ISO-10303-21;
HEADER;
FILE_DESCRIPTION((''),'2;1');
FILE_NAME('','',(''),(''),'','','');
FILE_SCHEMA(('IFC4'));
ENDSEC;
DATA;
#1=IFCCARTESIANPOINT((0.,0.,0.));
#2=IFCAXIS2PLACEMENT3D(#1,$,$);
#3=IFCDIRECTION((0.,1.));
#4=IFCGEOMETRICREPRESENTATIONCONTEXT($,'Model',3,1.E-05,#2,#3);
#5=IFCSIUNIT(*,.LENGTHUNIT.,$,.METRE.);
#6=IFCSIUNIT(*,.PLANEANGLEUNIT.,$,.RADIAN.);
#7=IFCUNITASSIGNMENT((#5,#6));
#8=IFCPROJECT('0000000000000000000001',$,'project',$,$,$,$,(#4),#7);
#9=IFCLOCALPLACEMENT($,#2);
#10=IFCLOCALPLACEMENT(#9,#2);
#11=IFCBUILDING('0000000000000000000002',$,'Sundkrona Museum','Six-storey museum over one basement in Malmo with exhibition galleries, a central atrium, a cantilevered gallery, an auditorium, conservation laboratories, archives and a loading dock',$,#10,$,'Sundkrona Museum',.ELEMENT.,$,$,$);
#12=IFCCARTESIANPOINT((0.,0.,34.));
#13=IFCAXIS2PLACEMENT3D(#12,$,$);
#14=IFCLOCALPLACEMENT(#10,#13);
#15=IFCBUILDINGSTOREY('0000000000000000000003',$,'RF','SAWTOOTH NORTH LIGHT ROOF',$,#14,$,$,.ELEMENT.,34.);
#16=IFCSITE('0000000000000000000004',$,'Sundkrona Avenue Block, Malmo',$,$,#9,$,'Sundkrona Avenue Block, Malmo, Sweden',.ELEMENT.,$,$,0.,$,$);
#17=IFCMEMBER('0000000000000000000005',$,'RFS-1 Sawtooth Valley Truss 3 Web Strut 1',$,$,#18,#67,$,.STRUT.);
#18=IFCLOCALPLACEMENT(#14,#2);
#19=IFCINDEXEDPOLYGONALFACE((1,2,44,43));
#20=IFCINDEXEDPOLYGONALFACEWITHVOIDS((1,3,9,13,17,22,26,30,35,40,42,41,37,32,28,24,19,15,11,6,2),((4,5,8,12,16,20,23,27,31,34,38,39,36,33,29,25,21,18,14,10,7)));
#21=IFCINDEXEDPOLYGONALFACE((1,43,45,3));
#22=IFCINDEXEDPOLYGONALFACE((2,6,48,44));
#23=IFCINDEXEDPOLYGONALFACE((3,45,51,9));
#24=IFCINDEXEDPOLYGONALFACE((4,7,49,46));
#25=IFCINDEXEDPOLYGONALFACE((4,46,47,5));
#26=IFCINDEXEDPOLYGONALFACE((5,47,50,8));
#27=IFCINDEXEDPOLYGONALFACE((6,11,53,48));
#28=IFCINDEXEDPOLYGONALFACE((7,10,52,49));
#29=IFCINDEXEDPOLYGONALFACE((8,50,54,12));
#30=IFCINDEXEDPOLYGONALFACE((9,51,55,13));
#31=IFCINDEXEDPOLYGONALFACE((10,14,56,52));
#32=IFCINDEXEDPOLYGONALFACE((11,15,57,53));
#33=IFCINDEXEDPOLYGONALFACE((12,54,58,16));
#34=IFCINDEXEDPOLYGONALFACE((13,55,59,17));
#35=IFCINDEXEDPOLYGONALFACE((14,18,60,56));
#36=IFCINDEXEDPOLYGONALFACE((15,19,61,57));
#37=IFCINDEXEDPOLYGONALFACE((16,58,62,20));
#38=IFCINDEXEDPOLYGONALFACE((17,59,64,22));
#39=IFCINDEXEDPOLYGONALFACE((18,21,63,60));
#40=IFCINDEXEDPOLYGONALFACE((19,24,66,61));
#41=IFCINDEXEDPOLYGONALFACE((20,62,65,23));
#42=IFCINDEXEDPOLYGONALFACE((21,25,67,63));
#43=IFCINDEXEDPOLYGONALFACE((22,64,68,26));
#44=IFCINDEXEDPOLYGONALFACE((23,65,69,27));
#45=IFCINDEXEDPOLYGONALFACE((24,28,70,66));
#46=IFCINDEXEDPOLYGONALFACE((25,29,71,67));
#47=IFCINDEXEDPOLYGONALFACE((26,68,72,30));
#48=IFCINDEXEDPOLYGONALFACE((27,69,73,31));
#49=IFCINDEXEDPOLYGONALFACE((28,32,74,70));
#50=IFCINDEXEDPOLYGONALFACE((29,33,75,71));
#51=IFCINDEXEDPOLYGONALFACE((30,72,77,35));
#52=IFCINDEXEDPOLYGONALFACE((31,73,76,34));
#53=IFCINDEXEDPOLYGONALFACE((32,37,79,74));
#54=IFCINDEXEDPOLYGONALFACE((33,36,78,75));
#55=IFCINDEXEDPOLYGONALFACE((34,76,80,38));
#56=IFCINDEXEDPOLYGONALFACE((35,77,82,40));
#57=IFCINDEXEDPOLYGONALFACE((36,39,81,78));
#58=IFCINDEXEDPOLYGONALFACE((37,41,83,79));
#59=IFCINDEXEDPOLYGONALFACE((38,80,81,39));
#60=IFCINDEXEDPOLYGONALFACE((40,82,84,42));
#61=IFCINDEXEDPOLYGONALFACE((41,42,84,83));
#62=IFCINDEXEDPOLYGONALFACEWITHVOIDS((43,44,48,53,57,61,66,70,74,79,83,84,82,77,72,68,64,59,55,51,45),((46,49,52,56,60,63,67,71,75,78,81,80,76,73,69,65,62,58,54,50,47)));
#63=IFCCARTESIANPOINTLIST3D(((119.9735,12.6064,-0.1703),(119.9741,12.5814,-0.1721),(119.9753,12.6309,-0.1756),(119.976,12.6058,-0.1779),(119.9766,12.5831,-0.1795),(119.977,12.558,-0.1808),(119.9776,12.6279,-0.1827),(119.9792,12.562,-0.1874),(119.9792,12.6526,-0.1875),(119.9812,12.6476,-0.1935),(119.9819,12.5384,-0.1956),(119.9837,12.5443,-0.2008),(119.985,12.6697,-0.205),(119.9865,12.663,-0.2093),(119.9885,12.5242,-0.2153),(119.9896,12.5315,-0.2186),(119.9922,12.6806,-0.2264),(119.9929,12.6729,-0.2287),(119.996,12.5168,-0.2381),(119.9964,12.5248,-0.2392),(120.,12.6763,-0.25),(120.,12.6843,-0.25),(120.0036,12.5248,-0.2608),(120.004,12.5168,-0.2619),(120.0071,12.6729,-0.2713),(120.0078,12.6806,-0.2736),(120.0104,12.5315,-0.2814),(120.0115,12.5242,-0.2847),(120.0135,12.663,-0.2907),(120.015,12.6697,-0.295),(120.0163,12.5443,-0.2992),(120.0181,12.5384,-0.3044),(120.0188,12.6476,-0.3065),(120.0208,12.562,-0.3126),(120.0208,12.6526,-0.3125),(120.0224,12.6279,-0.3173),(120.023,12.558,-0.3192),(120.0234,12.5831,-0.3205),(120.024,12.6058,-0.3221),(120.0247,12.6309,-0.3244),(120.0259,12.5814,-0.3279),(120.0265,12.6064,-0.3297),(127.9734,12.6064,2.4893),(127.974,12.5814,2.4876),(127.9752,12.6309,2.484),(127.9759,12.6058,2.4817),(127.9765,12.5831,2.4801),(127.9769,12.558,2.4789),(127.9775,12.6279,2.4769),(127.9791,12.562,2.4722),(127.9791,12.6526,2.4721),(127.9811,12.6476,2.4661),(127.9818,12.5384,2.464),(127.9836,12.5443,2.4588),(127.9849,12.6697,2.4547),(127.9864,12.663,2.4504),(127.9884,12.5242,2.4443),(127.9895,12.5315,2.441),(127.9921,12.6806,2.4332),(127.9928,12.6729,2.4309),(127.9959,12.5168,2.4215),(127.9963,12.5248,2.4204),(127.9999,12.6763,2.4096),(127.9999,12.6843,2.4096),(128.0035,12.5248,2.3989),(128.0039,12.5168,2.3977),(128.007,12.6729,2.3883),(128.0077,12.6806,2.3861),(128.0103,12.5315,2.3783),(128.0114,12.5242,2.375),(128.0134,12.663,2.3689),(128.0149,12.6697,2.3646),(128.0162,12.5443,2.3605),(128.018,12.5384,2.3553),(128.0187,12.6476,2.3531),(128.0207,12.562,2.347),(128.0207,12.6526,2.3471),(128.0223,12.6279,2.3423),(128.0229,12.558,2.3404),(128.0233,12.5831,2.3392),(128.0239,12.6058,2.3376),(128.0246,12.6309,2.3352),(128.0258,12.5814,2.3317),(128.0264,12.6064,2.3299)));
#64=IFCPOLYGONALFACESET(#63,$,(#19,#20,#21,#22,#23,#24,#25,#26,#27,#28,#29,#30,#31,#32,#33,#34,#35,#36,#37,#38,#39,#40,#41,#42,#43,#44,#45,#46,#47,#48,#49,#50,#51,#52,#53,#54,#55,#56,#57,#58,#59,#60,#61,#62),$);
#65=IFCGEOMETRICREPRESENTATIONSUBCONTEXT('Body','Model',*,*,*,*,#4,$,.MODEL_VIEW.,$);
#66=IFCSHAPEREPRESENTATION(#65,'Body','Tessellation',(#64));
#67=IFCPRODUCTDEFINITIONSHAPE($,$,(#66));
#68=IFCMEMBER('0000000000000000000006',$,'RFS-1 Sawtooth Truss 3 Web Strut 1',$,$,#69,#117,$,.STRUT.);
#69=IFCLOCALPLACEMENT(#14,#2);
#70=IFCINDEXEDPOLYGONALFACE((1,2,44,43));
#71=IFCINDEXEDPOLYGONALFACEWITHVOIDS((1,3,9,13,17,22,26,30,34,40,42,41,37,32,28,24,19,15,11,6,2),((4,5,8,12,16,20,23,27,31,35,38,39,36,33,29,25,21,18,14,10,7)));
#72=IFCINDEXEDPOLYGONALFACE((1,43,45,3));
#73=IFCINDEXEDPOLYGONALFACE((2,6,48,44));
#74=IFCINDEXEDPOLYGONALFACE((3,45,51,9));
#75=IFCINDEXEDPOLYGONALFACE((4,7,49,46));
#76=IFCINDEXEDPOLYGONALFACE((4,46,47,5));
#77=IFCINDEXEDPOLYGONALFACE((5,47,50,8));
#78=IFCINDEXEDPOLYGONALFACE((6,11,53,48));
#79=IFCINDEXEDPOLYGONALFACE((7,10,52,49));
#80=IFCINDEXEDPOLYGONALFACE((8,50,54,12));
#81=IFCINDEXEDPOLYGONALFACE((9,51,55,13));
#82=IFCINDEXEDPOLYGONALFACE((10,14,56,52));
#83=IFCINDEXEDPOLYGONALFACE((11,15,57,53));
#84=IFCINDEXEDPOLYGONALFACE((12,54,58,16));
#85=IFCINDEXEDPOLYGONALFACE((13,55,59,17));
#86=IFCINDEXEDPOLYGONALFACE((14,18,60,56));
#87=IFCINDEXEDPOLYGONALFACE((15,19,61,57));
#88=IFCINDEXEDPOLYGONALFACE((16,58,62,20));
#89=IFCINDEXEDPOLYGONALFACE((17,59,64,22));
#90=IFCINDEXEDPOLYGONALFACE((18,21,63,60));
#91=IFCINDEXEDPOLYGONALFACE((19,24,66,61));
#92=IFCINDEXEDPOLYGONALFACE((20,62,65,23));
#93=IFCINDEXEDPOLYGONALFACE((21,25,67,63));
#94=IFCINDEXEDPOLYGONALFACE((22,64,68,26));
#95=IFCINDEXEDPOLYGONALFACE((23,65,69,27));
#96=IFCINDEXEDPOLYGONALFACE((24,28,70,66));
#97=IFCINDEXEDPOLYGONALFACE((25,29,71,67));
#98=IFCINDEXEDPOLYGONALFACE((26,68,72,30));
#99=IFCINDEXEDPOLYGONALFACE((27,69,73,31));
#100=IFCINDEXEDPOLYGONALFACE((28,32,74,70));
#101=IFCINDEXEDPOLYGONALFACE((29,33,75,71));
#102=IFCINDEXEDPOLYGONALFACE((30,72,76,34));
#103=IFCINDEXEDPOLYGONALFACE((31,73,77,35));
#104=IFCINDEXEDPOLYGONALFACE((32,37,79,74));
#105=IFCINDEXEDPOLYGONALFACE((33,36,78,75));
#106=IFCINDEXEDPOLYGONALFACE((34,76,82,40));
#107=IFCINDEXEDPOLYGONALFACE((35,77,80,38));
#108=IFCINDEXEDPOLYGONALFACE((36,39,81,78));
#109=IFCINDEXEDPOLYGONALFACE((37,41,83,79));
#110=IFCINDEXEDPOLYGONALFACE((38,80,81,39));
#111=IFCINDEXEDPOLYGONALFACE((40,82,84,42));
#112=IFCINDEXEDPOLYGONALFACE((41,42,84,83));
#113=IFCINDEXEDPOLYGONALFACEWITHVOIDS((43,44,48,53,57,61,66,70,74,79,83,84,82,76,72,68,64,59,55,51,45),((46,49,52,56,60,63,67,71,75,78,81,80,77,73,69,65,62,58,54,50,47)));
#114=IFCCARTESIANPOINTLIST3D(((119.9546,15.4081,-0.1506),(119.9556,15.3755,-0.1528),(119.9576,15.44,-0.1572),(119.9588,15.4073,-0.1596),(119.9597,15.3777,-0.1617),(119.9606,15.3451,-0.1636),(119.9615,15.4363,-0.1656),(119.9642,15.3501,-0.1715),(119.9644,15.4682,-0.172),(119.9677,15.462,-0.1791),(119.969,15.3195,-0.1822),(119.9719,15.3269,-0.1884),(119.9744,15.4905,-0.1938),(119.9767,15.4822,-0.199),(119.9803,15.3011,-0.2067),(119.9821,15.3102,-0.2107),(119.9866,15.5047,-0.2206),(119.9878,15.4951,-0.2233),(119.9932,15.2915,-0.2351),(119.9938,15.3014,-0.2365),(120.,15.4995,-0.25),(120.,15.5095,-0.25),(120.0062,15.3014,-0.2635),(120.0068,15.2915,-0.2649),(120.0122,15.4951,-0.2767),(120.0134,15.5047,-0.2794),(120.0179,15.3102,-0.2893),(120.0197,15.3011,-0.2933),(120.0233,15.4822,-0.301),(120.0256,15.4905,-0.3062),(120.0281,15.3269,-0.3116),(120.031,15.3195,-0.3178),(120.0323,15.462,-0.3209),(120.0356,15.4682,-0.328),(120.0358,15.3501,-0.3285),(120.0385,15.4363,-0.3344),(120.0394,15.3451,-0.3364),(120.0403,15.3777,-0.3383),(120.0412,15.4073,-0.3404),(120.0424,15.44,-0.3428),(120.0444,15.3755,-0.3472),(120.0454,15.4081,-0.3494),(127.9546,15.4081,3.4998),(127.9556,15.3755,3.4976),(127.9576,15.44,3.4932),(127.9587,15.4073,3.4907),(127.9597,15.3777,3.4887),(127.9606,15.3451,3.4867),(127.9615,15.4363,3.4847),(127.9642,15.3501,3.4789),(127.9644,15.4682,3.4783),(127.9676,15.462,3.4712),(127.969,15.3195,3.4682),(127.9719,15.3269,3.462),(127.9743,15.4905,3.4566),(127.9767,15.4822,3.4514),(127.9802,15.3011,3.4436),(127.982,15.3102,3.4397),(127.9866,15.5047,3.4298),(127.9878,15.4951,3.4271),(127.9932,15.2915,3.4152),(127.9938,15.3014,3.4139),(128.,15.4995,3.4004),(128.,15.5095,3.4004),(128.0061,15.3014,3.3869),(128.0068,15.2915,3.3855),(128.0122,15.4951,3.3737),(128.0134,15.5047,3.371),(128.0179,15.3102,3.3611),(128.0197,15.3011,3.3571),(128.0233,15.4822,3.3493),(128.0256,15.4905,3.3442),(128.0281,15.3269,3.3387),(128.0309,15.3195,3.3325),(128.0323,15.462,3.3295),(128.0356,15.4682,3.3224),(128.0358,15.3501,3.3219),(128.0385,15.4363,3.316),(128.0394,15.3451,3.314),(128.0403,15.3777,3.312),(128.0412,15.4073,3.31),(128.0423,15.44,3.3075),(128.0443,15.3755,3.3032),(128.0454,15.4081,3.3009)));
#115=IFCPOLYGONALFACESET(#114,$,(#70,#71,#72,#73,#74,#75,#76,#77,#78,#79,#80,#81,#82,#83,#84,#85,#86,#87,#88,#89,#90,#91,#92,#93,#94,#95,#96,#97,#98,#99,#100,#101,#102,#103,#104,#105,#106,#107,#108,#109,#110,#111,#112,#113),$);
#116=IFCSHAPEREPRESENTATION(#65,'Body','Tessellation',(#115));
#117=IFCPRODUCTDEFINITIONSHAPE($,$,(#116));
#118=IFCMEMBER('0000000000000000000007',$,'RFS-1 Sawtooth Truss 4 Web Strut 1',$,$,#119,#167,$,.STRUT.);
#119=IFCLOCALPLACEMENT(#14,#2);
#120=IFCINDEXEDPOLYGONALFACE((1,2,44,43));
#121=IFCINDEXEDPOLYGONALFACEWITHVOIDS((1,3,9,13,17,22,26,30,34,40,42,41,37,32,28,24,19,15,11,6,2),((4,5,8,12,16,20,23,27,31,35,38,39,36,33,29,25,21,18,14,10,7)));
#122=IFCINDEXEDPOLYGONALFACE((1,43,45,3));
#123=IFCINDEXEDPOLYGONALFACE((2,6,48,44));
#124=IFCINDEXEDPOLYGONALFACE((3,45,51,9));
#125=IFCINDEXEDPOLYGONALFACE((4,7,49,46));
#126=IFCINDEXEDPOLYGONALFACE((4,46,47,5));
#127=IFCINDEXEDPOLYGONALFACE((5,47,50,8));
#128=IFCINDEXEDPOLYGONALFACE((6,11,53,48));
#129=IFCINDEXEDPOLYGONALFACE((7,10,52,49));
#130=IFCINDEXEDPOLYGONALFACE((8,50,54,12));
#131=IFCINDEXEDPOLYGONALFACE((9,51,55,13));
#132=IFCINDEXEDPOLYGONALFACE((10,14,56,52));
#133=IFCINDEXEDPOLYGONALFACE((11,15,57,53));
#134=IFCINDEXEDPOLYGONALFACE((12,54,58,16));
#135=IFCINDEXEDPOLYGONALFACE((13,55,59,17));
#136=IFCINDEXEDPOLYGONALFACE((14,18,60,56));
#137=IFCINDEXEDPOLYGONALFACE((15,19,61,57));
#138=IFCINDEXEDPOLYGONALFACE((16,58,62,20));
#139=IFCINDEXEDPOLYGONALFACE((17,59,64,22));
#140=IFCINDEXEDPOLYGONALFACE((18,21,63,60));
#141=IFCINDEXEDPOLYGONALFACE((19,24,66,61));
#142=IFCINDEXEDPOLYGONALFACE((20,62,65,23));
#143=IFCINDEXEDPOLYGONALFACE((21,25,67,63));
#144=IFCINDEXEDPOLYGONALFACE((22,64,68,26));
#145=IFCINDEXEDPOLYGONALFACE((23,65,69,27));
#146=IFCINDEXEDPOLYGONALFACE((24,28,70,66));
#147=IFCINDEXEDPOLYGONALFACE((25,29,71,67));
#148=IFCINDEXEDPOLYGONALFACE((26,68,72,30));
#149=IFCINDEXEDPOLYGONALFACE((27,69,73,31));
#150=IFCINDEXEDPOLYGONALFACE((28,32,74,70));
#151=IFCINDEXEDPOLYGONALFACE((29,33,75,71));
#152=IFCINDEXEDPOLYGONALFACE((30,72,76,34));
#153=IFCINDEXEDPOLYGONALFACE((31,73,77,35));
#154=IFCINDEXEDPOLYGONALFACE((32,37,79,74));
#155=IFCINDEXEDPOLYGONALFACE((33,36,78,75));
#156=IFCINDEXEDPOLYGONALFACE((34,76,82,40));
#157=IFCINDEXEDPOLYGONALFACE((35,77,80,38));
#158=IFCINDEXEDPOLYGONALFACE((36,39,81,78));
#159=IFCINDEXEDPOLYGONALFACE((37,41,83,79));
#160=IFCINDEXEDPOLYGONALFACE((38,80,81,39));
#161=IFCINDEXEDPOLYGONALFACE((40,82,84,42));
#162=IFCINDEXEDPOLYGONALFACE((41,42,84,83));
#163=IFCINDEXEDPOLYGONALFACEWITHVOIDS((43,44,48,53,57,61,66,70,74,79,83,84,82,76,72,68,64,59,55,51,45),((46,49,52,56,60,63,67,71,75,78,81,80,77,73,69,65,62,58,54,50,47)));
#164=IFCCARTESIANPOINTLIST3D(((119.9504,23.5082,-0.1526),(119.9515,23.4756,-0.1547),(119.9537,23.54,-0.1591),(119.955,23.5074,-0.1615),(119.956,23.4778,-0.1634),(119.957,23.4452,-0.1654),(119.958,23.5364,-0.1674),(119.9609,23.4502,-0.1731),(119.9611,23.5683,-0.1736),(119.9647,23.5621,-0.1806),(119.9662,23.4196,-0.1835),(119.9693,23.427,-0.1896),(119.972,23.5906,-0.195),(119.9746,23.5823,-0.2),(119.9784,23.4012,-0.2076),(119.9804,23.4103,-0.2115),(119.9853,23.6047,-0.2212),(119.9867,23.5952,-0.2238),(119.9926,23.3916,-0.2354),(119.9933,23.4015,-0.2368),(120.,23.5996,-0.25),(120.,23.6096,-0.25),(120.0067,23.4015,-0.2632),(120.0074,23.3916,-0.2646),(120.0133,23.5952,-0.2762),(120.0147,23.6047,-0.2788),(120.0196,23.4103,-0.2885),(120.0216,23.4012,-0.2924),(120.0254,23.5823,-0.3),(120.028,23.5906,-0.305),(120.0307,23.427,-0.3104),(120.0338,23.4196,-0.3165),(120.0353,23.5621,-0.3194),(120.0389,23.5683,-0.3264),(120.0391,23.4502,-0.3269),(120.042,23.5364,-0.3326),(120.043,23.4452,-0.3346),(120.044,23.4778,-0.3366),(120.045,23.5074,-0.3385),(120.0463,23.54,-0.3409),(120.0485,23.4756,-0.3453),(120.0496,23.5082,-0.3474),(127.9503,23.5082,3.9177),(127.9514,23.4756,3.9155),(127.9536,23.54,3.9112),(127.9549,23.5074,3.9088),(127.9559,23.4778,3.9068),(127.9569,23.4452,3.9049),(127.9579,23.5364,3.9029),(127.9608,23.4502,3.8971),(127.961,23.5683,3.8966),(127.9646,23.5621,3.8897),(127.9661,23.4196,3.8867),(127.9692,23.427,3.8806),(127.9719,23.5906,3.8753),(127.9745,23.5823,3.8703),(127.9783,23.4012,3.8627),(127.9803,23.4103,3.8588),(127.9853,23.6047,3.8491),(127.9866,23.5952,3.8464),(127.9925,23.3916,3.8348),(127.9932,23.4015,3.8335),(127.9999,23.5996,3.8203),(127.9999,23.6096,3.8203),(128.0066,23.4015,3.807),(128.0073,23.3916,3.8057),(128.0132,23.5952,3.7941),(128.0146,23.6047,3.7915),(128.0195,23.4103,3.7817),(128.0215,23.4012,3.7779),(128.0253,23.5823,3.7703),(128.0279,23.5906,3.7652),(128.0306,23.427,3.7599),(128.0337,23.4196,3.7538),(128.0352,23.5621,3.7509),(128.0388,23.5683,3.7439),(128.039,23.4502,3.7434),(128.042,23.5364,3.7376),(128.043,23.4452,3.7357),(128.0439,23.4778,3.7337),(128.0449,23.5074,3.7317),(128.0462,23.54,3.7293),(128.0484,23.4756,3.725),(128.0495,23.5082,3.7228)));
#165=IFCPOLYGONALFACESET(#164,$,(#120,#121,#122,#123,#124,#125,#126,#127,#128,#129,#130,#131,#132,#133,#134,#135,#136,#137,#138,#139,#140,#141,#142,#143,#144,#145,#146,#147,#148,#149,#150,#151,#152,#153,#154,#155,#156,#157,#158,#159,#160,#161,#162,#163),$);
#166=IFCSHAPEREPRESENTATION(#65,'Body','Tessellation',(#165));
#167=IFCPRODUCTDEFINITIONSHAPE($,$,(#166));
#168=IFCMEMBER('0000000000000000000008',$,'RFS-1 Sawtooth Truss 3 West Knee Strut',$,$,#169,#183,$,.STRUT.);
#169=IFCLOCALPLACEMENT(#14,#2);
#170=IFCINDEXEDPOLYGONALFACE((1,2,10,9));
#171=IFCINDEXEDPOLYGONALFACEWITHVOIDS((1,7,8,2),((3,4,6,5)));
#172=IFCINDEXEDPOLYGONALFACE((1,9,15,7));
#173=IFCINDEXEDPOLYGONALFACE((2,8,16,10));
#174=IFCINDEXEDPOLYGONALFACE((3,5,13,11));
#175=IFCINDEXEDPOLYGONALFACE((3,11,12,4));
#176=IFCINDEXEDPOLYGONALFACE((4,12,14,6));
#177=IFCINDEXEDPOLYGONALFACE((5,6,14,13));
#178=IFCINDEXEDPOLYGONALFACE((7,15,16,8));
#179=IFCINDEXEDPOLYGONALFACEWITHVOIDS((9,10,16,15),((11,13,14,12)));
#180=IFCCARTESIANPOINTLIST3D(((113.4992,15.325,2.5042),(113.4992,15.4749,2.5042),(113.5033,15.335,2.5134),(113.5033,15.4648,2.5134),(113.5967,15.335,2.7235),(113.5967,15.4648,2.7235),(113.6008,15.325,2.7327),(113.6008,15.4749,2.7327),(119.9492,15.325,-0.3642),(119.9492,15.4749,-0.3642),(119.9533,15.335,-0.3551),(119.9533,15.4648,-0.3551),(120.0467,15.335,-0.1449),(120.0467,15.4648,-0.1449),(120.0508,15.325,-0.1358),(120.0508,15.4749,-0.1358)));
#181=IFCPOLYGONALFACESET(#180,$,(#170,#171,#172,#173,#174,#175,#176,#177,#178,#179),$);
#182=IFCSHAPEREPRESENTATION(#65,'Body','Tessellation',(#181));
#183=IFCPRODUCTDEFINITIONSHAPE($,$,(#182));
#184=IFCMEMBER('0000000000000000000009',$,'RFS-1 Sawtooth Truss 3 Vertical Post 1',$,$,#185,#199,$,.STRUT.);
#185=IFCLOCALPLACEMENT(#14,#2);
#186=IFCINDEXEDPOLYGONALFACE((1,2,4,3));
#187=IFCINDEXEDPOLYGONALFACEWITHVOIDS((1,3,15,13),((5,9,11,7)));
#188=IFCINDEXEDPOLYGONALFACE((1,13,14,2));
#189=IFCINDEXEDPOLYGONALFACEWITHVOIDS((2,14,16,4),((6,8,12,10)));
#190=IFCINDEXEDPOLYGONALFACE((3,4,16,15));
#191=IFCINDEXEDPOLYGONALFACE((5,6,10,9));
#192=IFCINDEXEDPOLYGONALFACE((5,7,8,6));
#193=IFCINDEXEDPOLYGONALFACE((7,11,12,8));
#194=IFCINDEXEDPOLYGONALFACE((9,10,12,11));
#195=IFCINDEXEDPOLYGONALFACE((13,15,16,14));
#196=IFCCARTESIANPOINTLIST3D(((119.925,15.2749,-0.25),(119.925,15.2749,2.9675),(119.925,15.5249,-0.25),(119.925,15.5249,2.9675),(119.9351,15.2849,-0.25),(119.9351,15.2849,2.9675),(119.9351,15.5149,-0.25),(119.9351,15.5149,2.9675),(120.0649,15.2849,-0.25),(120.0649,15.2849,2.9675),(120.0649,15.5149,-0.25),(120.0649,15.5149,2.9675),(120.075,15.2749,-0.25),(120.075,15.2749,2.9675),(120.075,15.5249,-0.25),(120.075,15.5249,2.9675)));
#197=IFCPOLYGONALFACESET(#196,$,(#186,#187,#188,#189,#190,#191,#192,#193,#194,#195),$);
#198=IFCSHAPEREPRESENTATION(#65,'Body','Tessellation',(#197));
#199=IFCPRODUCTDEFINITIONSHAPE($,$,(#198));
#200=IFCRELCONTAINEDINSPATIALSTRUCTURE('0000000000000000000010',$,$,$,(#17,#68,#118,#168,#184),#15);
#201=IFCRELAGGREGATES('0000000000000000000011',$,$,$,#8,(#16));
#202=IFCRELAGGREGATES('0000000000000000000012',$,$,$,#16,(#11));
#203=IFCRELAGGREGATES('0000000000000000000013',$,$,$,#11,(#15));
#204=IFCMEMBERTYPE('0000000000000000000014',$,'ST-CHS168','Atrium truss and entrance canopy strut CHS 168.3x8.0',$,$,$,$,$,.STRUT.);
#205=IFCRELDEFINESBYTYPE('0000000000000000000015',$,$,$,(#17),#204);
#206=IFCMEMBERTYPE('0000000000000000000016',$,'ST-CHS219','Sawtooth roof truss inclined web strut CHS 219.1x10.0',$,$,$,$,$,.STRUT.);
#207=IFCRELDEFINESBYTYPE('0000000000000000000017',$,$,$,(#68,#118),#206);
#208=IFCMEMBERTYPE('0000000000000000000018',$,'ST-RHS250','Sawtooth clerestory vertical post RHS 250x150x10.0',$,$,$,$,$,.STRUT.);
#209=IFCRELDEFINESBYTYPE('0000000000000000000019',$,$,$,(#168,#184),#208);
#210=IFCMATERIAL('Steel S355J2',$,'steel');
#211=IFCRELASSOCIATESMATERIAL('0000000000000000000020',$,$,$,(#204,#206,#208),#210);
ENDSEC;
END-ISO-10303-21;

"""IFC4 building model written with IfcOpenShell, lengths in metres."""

from ifc_helpers import new_model, si_unit, direction, frame, origin, origin_2d, place, context, subcontext, project, spatial, hollow_rectangle, hollow_circle, extrude, material, material_profile, profile_set, type_object, element, save


model = new_model("IFC4")

# Units and contexts
model_context = context("Model", 3, precision=1e-05, world=origin(), true_north=direction((0.0, 1.0)))
body_context = subcontext(model_context, "Body", "Model", "MODEL_VIEW")
ifc_project = project(units=[si_unit("LENGTHUNIT", "METRE"), si_unit("PLANEANGLEUNIT", "RADIAN")], contexts=[model_context])

# Site, building, storey
site_placement = place(None, origin())
site = spatial("IfcSite", under=ifc_project, at=site_placement, Name="Sundkrona Avenue Block, Malmo", LongName="Sundkrona Avenue Block, Malmo, Sweden", CompositionType="ELEMENT", RefElevation=0.0)
building_placement = place(site_placement, origin())
building = spatial("IfcBuilding", under=site, at=building_placement, Name="Sundkrona Museum", Description="Six-storey museum over one basement in Malmo with exhibition galleries, a central atrium, a cantilevered gallery, an auditorium, conservation laboratories, archives and a loading dock", LongName="Sundkrona Museum", CompositionType="ELEMENT")
storey_placement = place(building_placement, frame((0.0, 0.0, 34.0)))
storey = spatial("IfcBuildingStorey", under=building, at=storey_placement, Name="RF", Description="SAWTOOTH NORTH LIGHT ROOF", CompositionType="ELEMENT", Elevation=34.0)

# Members
ifc_material_1 = material(Name="Steel S355J2", Category="steel")
ifc_material_profile_1 = material_profile(ifc_material_1, hollow_circle(Radius=0.0842, WallThickness=0.0081, at=origin_2d()), Name="CHS 168.3x8.0")
ifc_profile_set_1 = profile_set([ifc_material_profile_1], Name="Steel S355J2")
member_type_1 = type_object("IfcMemberType", Name="ST-CHS168", Description="Atrium truss and entrance canopy strut CHS 168.3x8.0", PredefinedType="STRUT", material=ifc_profile_set_1)
member_1_placement = place(storey_placement, frame((120.0, 12.6001, -0.25), z_axis=(0.948932, 0.0, 0.315481), x_axis=(0.0, 1.0, 0.0)))
element("IfcMember", 1, at=member_1_placement, inside=storey, type_object=member_type_1, Name="RFS-1 Sawtooth Valley Truss 3 Web Strut 1", PredefinedType="STRUT", context=body_context, shape_type="SweptSolid", body=[
    extrude(hollow_circle(Radius=0.0842, WallThickness=0.0081, at=origin_2d()), origin(), (0.0, 0.0, 1.0), 8.4304),
])
ifc_material_profile_2 = material_profile(ifc_material_1, hollow_circle(Radius=0.1096, WallThickness=0.01, at=origin_2d()), Name="CHS 219.1x10.0")
ifc_profile_set_2 = profile_set([ifc_material_profile_2], Name="Steel S355J2")
member_type_2 = type_object("IfcMemberType", Name="ST-CHS219", Description="Sawtooth roof truss inclined web strut CHS 219.1x10.0", PredefinedType="STRUT", material=ifc_profile_set_2)
member_2_placement = place(storey_placement, frame((120.0, 15.3999, -0.25), z_axis=(0.909765, 0.0, 0.415125), x_axis=(0.0, 1.0, 0.0)))
element("IfcMember", 2, at=member_2_placement, inside=storey, type_object=member_type_2, Name="RFS-1 Sawtooth Truss 3 Web Strut 1", PredefinedType="STRUT", context=body_context, shape_type="SweptSolid", body=[
    extrude(hollow_circle(Radius=0.1096, WallThickness=0.01, at=origin_2d()), origin(), (0.0, 0.0, 1.0), 8.7935),
])
member_3_placement = place(storey_placement, frame((120.0, 23.5, -0.25), z_axis=(0.891272, 0.0, 0.453469), x_axis=(0.0, 1.0, 0.0)))
element("IfcMember", 3, at=member_3_placement, inside=storey, type_object=member_type_2, Name="RFS-1 Sawtooth Truss 4 Web Strut 1", PredefinedType="STRUT", context=body_context, shape_type="SweptSolid", body=[
    extrude(hollow_circle(Radius=0.1096, WallThickness=0.01, at=origin_2d()), origin(), (0.0, 0.0, 1.0), 8.9758),
])
ifc_material_profile_3 = material_profile(ifc_material_1, hollow_rectangle(XDim=0.1499, YDim=0.25, WallThickness=0.01, at=origin_2d()), Name="RHS 250x150x10.0")
ifc_profile_set_3 = profile_set([ifc_material_profile_3], Name="Steel S355J2")
member_type_3 = type_object("IfcMemberType", Name="ST-RHS250", Description="Sawtooth clerestory vertical post RHS 250x150x10.0", PredefinedType="STRUT", material=ifc_profile_set_3)
member_4_placement = place(storey_placement, frame((120.0, 15.3999, -0.25), z_axis=(-0.913719, 0.0, 0.406347), x_axis=(0.0, -1.0, 0.0)))
element("IfcMember", 4, at=member_4_placement, inside=storey, type_object=member_type_3, Name="RFS-1 Sawtooth Truss 3 West Knee Strut", PredefinedType="STRUT", context=body_context, shape_type="SweptSolid", body=[
    extrude(hollow_rectangle(XDim=0.1499, YDim=0.25, WallThickness=0.01, at=origin_2d()), origin(), (0.0, 0.0, 1.0), 7.0591),
])
member_5_placement = place(storey_placement, frame((120.0, 15.3999, -0.25), z_axis=(0.0, 0.0, 1.0), x_axis=(1.0, 0.0, 0.0)))
element("IfcMember", 5, at=member_5_placement, inside=storey, type_object=member_type_3, Name="RFS-1 Sawtooth Truss 3 Vertical Post 1", PredefinedType="STRUT", context=body_context, shape_type="SweptSolid", body=[
    extrude(hollow_rectangle(XDim=0.1499, YDim=0.25, WallThickness=0.01, at=origin_2d()), origin(), (0.0, 0.0, 1.0), 3.2175),
])

save(model, "model.ifc")
